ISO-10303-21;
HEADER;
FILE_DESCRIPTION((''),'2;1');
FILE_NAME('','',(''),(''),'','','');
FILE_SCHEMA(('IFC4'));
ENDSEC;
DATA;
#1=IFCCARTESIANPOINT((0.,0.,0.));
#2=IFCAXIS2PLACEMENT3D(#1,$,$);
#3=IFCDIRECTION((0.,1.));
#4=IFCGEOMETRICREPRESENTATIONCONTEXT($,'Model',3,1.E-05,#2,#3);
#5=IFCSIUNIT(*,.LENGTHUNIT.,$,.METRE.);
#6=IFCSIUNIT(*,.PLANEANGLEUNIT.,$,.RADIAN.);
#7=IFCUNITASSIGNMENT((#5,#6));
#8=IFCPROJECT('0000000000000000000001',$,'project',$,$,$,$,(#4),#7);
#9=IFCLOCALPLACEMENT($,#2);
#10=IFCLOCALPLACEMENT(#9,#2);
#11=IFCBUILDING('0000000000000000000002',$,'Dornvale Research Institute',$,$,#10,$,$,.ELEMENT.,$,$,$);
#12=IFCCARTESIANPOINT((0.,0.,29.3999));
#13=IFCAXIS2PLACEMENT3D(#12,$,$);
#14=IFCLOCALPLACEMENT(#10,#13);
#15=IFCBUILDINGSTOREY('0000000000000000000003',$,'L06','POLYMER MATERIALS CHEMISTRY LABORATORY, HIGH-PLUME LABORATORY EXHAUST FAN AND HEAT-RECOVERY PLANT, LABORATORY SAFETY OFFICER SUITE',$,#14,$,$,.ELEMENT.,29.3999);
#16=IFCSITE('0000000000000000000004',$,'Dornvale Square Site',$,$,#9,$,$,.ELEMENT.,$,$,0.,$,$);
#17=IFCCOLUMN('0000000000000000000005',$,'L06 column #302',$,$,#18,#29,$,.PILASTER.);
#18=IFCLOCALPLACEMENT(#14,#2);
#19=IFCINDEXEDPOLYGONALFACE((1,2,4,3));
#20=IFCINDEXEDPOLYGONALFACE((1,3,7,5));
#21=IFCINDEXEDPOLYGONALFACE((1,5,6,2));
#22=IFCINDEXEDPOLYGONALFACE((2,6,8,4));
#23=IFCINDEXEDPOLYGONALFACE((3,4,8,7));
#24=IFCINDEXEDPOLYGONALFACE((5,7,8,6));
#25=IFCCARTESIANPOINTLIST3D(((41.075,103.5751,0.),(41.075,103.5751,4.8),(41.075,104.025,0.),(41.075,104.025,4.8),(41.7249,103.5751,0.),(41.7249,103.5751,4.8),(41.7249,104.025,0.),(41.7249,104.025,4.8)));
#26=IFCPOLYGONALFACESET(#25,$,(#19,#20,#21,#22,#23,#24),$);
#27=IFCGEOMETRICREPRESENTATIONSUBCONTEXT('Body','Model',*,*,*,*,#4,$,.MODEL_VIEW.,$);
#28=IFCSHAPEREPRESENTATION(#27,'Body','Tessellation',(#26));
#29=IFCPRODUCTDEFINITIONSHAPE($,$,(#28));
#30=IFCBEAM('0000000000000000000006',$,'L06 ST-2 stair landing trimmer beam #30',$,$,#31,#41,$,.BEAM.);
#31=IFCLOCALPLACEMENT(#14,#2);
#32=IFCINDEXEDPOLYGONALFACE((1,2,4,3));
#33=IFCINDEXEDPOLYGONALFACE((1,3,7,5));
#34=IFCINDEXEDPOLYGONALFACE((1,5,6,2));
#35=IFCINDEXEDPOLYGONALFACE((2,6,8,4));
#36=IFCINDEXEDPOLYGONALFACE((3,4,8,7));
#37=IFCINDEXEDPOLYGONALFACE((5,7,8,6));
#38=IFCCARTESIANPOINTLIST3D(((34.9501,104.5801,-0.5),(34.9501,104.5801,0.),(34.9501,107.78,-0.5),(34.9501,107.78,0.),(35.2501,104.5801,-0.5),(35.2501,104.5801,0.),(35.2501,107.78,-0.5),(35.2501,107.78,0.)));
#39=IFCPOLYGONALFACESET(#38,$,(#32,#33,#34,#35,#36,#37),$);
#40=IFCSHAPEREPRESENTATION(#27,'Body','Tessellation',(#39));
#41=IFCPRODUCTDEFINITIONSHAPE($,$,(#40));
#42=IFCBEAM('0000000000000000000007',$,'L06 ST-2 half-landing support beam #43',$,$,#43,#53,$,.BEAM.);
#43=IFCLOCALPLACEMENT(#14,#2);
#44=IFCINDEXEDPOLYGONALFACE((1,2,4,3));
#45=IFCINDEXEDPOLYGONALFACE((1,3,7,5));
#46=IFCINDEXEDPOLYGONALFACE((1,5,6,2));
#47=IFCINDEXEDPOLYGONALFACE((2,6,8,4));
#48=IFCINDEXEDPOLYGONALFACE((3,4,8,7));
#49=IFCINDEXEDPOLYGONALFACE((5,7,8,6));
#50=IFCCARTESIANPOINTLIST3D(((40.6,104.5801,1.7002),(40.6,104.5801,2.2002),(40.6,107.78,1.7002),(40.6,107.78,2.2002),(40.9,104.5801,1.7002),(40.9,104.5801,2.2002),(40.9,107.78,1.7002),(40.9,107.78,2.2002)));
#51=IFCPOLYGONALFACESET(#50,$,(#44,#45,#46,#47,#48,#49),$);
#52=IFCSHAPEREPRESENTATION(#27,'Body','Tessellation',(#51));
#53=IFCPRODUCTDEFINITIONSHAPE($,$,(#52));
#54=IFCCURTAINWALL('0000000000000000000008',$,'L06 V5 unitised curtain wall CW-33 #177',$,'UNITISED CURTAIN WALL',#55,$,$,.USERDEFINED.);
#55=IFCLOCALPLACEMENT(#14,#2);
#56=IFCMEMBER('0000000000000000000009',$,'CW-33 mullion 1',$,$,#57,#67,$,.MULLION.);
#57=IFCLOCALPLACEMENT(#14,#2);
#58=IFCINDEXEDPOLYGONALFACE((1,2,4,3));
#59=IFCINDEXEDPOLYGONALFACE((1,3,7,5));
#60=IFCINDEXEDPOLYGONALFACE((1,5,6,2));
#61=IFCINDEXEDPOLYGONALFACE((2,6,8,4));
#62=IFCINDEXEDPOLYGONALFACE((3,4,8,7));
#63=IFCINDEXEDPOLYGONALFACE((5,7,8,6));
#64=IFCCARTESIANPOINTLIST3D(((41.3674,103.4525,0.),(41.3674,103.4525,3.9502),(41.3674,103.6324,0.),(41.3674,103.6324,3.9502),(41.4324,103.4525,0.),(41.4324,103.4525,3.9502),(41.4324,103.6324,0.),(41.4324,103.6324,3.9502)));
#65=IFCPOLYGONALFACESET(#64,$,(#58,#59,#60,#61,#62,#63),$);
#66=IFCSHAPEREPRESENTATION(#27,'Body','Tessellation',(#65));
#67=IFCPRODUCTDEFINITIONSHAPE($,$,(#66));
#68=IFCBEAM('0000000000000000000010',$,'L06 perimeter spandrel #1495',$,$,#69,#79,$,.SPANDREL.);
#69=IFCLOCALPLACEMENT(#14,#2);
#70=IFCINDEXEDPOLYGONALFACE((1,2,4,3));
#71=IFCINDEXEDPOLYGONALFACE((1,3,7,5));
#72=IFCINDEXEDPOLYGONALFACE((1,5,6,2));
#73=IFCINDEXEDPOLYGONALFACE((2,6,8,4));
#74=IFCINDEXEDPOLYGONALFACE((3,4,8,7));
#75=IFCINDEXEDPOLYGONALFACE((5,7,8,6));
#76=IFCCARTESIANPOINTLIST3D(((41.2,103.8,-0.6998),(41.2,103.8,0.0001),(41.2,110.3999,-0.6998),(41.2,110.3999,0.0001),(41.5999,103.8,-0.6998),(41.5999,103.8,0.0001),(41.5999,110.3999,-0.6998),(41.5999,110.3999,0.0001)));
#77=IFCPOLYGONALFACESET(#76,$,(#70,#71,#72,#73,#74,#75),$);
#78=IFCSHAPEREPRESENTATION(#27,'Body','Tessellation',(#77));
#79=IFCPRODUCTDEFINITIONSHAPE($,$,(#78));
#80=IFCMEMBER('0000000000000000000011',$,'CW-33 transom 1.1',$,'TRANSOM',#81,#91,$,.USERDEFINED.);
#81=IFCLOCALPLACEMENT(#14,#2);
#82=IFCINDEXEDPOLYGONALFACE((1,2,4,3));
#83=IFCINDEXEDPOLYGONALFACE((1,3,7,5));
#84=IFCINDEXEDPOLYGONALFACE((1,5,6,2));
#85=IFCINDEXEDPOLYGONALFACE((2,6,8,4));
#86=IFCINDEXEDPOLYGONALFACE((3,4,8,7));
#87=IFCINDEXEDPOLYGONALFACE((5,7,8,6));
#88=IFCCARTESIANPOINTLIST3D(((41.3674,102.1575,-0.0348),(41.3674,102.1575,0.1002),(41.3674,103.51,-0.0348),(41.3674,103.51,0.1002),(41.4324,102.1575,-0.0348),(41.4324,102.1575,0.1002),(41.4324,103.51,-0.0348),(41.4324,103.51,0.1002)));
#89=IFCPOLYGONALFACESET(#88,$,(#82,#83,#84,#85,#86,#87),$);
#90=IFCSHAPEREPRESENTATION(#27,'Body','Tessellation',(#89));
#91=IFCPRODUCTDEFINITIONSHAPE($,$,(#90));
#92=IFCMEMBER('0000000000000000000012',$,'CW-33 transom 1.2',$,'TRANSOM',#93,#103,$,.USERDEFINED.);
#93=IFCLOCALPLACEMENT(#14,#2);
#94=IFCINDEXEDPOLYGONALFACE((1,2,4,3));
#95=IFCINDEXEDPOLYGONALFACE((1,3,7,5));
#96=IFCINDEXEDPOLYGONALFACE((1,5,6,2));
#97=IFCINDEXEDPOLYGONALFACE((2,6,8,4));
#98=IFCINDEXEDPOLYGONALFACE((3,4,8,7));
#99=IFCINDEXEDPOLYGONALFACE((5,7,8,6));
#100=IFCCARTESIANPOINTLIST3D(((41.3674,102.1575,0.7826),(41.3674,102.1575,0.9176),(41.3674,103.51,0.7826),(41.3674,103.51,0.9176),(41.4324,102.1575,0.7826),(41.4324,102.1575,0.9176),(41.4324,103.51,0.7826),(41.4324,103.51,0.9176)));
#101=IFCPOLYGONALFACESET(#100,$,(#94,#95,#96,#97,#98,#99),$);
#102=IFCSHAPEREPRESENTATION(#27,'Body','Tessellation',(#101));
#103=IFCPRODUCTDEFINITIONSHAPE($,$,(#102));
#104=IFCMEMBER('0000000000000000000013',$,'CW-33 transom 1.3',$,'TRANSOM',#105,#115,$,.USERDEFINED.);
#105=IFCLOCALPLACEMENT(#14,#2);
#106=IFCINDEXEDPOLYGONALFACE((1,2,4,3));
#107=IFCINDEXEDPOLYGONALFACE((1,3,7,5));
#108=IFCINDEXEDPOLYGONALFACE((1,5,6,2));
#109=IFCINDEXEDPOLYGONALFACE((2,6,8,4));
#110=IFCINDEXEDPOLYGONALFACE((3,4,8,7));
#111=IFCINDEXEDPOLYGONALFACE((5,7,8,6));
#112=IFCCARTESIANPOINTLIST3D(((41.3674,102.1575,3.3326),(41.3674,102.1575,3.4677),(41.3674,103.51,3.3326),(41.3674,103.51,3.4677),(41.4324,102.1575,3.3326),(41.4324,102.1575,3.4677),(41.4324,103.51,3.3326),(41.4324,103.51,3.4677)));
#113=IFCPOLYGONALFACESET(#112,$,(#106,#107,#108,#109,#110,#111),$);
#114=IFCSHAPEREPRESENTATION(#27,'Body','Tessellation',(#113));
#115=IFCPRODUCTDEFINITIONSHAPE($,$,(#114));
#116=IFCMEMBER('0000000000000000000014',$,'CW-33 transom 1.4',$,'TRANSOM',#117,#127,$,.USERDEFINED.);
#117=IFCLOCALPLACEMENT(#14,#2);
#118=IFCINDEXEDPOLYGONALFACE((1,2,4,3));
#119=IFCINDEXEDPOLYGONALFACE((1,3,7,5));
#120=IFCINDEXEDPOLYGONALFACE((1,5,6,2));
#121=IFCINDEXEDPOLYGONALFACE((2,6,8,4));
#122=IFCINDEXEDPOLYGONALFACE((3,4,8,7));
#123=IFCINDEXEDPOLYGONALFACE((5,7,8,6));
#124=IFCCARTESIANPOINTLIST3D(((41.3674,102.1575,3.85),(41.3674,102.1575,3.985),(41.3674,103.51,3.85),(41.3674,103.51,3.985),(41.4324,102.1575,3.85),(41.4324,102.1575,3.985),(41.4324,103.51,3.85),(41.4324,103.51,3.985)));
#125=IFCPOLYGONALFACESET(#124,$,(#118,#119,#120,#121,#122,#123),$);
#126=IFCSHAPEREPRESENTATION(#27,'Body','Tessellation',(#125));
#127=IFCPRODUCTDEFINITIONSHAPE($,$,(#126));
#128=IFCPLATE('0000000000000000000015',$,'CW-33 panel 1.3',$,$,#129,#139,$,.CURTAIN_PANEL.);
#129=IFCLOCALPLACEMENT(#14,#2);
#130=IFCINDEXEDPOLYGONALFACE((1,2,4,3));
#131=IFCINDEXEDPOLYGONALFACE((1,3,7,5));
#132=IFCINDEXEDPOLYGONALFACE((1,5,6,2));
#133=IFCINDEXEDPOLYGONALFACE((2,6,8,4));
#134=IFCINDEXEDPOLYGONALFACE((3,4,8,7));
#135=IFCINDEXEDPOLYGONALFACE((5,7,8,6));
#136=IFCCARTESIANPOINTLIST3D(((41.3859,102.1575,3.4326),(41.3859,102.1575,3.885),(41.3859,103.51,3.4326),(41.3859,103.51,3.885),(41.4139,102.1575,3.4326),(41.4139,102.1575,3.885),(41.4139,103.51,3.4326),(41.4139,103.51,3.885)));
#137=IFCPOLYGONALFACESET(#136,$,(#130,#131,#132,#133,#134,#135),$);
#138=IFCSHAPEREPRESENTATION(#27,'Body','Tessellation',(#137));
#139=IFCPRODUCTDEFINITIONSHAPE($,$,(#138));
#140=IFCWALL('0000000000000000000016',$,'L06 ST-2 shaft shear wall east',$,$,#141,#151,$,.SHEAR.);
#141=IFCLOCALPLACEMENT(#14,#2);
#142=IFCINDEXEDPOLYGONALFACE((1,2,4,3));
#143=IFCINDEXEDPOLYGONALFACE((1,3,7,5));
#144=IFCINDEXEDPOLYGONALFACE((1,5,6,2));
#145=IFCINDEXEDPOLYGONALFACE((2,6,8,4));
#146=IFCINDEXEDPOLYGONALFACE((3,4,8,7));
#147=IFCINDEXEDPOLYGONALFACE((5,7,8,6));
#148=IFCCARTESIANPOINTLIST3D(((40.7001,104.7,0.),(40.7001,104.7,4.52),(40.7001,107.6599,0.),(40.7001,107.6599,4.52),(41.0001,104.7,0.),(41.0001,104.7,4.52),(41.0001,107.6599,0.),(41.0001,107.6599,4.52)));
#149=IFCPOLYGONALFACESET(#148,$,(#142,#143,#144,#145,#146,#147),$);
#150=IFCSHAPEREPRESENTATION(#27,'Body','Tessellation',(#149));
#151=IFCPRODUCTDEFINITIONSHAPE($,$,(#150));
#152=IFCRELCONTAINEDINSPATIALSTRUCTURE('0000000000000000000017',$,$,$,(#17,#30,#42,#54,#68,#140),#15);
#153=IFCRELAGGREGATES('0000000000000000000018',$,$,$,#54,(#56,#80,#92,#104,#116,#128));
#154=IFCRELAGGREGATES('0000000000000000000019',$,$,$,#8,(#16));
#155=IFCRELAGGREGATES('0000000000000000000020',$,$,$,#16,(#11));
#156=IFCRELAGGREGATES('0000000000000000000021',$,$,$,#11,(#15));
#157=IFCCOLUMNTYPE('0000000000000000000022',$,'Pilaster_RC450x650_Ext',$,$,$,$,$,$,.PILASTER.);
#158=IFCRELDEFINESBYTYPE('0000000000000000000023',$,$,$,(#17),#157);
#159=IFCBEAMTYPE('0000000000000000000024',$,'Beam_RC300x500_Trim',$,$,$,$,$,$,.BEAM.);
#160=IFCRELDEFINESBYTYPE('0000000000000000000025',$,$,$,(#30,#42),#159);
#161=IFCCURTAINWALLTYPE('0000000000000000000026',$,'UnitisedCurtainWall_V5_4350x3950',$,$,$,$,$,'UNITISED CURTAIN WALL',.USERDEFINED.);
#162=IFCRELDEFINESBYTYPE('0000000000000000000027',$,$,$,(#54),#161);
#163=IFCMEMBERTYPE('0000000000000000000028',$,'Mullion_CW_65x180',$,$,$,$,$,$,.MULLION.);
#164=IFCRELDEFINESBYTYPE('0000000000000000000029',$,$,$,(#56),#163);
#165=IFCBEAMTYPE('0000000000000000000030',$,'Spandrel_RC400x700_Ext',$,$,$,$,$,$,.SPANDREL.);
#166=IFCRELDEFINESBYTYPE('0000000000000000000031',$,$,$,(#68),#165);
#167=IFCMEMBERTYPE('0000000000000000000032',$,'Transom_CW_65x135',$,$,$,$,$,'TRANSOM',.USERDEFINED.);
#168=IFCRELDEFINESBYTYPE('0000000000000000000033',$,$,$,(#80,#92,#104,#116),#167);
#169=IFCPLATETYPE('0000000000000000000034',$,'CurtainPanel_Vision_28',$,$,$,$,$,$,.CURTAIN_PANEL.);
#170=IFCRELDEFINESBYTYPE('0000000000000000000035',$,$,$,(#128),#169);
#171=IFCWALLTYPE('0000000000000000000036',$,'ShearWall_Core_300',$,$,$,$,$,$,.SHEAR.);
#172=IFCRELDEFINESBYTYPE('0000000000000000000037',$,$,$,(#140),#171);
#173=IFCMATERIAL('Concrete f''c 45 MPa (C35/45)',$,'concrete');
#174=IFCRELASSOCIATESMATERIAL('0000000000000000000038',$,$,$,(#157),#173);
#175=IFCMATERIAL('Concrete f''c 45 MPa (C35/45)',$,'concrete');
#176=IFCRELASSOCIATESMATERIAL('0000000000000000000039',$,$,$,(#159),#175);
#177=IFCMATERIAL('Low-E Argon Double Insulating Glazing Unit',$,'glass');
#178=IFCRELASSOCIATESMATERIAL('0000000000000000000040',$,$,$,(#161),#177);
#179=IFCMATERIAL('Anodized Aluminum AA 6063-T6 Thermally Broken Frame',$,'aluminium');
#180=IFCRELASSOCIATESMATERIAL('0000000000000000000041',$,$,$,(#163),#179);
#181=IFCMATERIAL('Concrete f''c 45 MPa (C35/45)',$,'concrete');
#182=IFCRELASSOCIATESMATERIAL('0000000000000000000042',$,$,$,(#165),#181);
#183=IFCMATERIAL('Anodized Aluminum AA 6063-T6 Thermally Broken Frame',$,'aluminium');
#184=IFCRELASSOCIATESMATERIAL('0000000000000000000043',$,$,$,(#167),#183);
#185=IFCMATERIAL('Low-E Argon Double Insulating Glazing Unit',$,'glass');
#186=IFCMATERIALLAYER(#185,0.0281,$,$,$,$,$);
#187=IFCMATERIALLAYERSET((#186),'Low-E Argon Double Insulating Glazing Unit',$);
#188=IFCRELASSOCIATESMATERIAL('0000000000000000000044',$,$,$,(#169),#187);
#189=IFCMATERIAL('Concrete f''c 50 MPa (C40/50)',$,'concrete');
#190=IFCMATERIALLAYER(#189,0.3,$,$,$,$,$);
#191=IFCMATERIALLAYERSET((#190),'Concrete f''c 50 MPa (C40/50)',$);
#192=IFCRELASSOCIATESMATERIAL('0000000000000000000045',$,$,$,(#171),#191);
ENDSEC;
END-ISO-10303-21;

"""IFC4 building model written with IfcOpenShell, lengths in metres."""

from ifc_helpers import new_model, si_unit, direction, frame, frame_2d, origin, origin_2d, place, context, subcontext, project, spatial, rectangle, extrude, material, layer, layer_set, material_profile, profile_set, type_object, element, aggregate, save


model = new_model("IFC4")

# Units and contexts
model_context = context("Model", 3, precision=1e-05, world=origin(), true_north=direction((0.0, 1.0)))
body_context = subcontext(model_context, "Body", "Model", "MODEL_VIEW")
ifc_project = project(units=[si_unit("LENGTHUNIT", "METRE"), si_unit("PLANEANGLEUNIT", "RADIAN")], contexts=[model_context])

# Site, building, storey
site_placement = place(None, origin())
site = spatial("IfcSite", under=ifc_project, at=site_placement, Name="Dornvale Square Site", CompositionType="ELEMENT", RefElevation=0.0)
building_placement = place(site_placement, origin())
building = spatial("IfcBuilding", under=site, at=building_placement, Name="Dornvale Research Institute", CompositionType="ELEMENT")
storey_placement = place(building_placement, frame((0.0, 0.0, 29.3999)))
storey = spatial("IfcBuildingStorey", under=building, at=storey_placement, Name="L06", Description="POLYMER MATERIALS CHEMISTRY LABORATORY, HIGH-PLUME LABORATORY EXHAUST FAN AND HEAT-RECOVERY PLANT, LABORATORY SAFETY OFFICER SUITE", CompositionType="ELEMENT", Elevation=29.3999)

# Column
ifc_material_1 = material(Name="Concrete f'c 45 MPa (C35/45)", Category="concrete")
ifc_material_profile_1 = material_profile(ifc_material_1, rectangle(XDim=0.45, YDim=0.6499, at=origin_2d()), Name="RC 450x650")
ifc_profile_set_1 = profile_set([ifc_material_profile_1], Name="Concrete f'c 45 MPa (C35/45)")
column_type = type_object("IfcColumnType", Name="Pilaster_RC450x650_Ext", PredefinedType="PILASTER", material=ifc_profile_set_1)
column_placement = place(storey_placement, frame((41.3999, 103.8, 0.0), z_axis=(0.0, 0.0, 1.0), x_axis=(0.0, 1.0, 0.0)))
element("IfcColumn", 1, at=column_placement, inside=storey, type_object=column_type, Name="L06 column #302", PredefinedType="PILASTER", context=body_context, shape_type="SweptSolid", body=[
    extrude(rectangle(XDim=0.45, YDim=0.6499, at=origin_2d()), origin(), (0.0, 0.0, 1.0), 4.8),
])

# Beams
ifc_material_2 = material(Name="Concrete f'c 45 MPa (C35/45)", Category="concrete")
ifc_material_profile_2 = material_profile(ifc_material_2, rectangle(XDim=0.3, YDim=0.5, at=origin_2d()), Name="RC 300x500")
ifc_profile_set_2 = profile_set([ifc_material_profile_2], Name="Concrete f'c 45 MPa (C35/45)")
beam_type_1 = type_object("IfcBeamType", Name="Beam_RC300x500_Trim", PredefinedType="BEAM", material=ifc_profile_set_2)
for number, where, z_axis, x_axis, name in (
    (2, (35.1001, 104.5801, -0.25), (0.0, 1.0, 0.0), (-1.0, 0.0, 0.0), "L06 ST-2 stair landing trimmer beam #30"),
    (3, (40.75, 104.5801, 1.9502), (0.0, 1.0, 0.0), (-1.0, 0.0, 0.0), "L06 ST-2 half-landing support beam #43"),
):
    element("IfcBeam", number, at=place(storey_placement, frame(where, z_axis=z_axis, x_axis=x_axis)), inside=storey, type_object=beam_type_1, Name=name, PredefinedType="BEAM", context=body_context, shape_type="SweptSolid", body=[
        extrude(rectangle(XDim=0.3, YDim=0.5, at=origin_2d()), origin(), (0.0, 0.0, 1.0), 3.2),
    ])

# Curtain wall, member
ifc_material_3 = material(Name="Low-E Argon Double Insulating Glazing Unit", Category="glass")
curtain_wall_type = type_object("IfcCurtainWallType", Name="UnitisedCurtainWall_V5_4350x3950", ElementType="UNITISED CURTAIN WALL", PredefinedType="USERDEFINED", material=ifc_material_3)
curtain_wall_placement = place(storey_placement, origin())
curtain_wall = element("IfcCurtainWall", 4, at=curtain_wall_placement, inside=storey, type_object=curtain_wall_type, Name="L06 V5 unitised curtain wall CW-33 #177", ObjectType="UNITISED CURTAIN WALL", PredefinedType="USERDEFINED")
ifc_material_4 = material(Name="Anodized Aluminum AA 6063-T6 Thermally Broken Frame", Category="aluminium")
ifc_material_profile_3 = material_profile(ifc_material_4, rectangle(XDim=0.0649, YDim=0.1799, at=origin_2d()), Name="ALU MULLION 65x180")
ifc_profile_set_3 = profile_set([ifc_material_profile_3], Name="Anodized Aluminum AA 6063-T6 Thermally Broken Frame")
member_type_1 = type_object("IfcMemberType", Name="Mullion_CW_65x180", PredefinedType="MULLION", material=ifc_profile_set_3)
member_1_placement = place(storey_placement, frame((41.3999, 103.5425, 0.0), z_axis=(0.0, 0.0, 1.0), x_axis=(1.0, 0.0, 0.0)))
member_1 = element("IfcMember", 5, at=member_1_placement, type_object=member_type_1, Name="CW-33 mullion 1", PredefinedType="MULLION", context=body_context, shape_type="SweptSolid", body=[
    extrude(rectangle(XDim=0.0649, YDim=0.1799, at=origin_2d()), origin(), (0.0, 0.0, 1.0), 3.9502),
])

# Beam
ifc_material_5 = material(Name="Concrete f'c 45 MPa (C35/45)", Category="concrete")
ifc_material_profile_4 = material_profile(ifc_material_5, rectangle(XDim=0.3999, YDim=0.7, at=origin_2d()), Name="RC 400x700")
ifc_profile_set_4 = profile_set([ifc_material_profile_4], Name="Concrete f'c 45 MPa (C35/45)")
beam_type_2 = type_object("IfcBeamType", Name="Spandrel_RC400x700_Ext", PredefinedType="SPANDREL", material=ifc_profile_set_4)
beam_placement = place(storey_placement, frame((41.3999, 103.8, -0.3499), z_axis=(0.0, 1.0, 0.0), x_axis=(-1.0, 0.0, 0.0)))
element("IfcBeam", 6, at=beam_placement, inside=storey, type_object=beam_type_2, Name="L06 perimeter spandrel #1495", PredefinedType="SPANDREL", context=body_context, shape_type="SweptSolid", body=[
    extrude(rectangle(XDim=0.3999, YDim=0.7, at=origin_2d()), origin(), (0.0, 0.0, 1.0), 6.5999),
])

# Members
ifc_material_6 = material(Name="Anodized Aluminum AA 6063-T6 Thermally Broken Frame", Category="aluminium")
ifc_material_profile_5 = material_profile(ifc_material_6, rectangle(XDim=0.0649, YDim=0.135, at=origin_2d()), Name="ALU TRANSOM 65x135")
ifc_profile_set_5 = profile_set([ifc_material_profile_5], Name="Anodized Aluminum AA 6063-T6 Thermally Broken Frame")
member_type_2 = type_object("IfcMemberType", Name="Transom_CW_65x135", ElementType="TRANSOM", PredefinedType="USERDEFINED", material=ifc_profile_set_5)
member_2_placement = place(storey_placement, frame((41.3999, 103.51, 0.0327), z_axis=(0.0, -1.0, 0.0), x_axis=(1.0, 0.0, 0.0)))
member_2 = element("IfcMember", 7, at=member_2_placement, type_object=member_type_2, Name="CW-33 transom 1.1", ObjectType="TRANSOM", PredefinedType="USERDEFINED", context=body_context, shape_type="SweptSolid", body=[
    extrude(rectangle(XDim=0.0649, YDim=0.135, at=origin_2d()), origin(), (0.0, 0.0, 1.0), 1.3525),
])
member_3_placement = place(storey_placement, frame((41.3999, 103.51, 0.8501), z_axis=(0.0, -1.0, 0.0), x_axis=(1.0, 0.0, 0.0)))
member_3 = element("IfcMember", 8, at=member_3_placement, type_object=member_type_2, Name="CW-33 transom 1.2", ObjectType="TRANSOM", PredefinedType="USERDEFINED", context=body_context, shape_type="SweptSolid", body=[
    extrude(rectangle(XDim=0.0649, YDim=0.135, at=origin_2d()), origin(), (0.0, 0.0, 1.0), 1.3525),
])
member_4_placement = place(storey_placement, frame((41.3999, 103.51, 3.4001), z_axis=(0.0, -1.0, 0.0), x_axis=(1.0, 0.0, 0.0)))
member_4 = element("IfcMember", 9, at=member_4_placement, type_object=member_type_2, Name="CW-33 transom 1.3", ObjectType="TRANSOM", PredefinedType="USERDEFINED", context=body_context, shape_type="SweptSolid", body=[
    extrude(rectangle(XDim=0.0649, YDim=0.135, at=origin_2d()), origin(), (0.0, 0.0, 1.0), 1.3525),
])
member_5_placement = place(storey_placement, frame((41.3999, 103.51, 3.9175), z_axis=(0.0, -1.0, 0.0), x_axis=(1.0, 0.0, 0.0)))
member_5 = element("IfcMember", 10, at=member_5_placement, type_object=member_type_2, Name="CW-33 transom 1.4", ObjectType="TRANSOM", PredefinedType="USERDEFINED", context=body_context, shape_type="SweptSolid", body=[
    extrude(rectangle(XDim=0.0649, YDim=0.135, at=origin_2d()), origin(), (0.0, 0.0, 1.0), 1.3525),
])

# Plate
ifc_material_7 = material(Name="Low-E Argon Double Insulating Glazing Unit", Category="glass")
ifc_layer_1 = layer(ifc_material_7, 0.0281)
ifc_layer_set_1 = layer_set([ifc_layer_1], Name="Low-E Argon Double Insulating Glazing Unit")
plate_type = type_object("IfcPlateType", Name="CurtainPanel_Vision_28", PredefinedType="CURTAIN_PANEL", material=ifc_layer_set_1)
plate_placement = place(storey_placement, frame((41.3999, 102.8337, 3.4326), z_axis=(0.0, 0.0, 1.0), x_axis=(0.0, -1.0, 0.0)))
plate = element("IfcPlate", 11, at=plate_placement, type_object=plate_type, Name="CW-33 panel 1.3", PredefinedType="CURTAIN_PANEL", context=body_context, shape_type="SweptSolid", body=[
    extrude(rectangle(XDim=1.3525, YDim=0.0281, at=origin_2d()), origin(), (0.0, 0.0, 1.0), 0.4524),
])
aggregate(curtain_wall, [member_1, member_2, member_3, member_4, member_5, plate])

# Wall
ifc_material_8 = material(Name="Concrete f'c 50 MPa (C40/50)", Category="concrete")
ifc_layer_2 = layer(ifc_material_8, 0.3)
ifc_layer_set_2 = layer_set([ifc_layer_2], Name="Concrete f'c 50 MPa (C40/50)")
wall_type = type_object("IfcWallType", Name="ShearWall_Core_300", PredefinedType="SHEAR", material=ifc_layer_set_2)
wall_placement = place(storey_placement, frame((40.8501, 104.7, 0.0), z_axis=(0.0, 0.0, 1.0), x_axis=(0.0, 1.0, 0.0)))
element("IfcWall", 12, at=wall_placement, inside=storey, type_object=wall_type, Name="L06 ST-2 shaft shear wall east", PredefinedType="SHEAR", context=body_context, shape_type="SweptSolid", body=[
    extrude(rectangle(XDim=2.96, YDim=0.3, at=frame_2d((1.48, 0.0))), origin(), (0.0, 0.0, 1.0), 4.52),
])

save(model, "model.ifc")
